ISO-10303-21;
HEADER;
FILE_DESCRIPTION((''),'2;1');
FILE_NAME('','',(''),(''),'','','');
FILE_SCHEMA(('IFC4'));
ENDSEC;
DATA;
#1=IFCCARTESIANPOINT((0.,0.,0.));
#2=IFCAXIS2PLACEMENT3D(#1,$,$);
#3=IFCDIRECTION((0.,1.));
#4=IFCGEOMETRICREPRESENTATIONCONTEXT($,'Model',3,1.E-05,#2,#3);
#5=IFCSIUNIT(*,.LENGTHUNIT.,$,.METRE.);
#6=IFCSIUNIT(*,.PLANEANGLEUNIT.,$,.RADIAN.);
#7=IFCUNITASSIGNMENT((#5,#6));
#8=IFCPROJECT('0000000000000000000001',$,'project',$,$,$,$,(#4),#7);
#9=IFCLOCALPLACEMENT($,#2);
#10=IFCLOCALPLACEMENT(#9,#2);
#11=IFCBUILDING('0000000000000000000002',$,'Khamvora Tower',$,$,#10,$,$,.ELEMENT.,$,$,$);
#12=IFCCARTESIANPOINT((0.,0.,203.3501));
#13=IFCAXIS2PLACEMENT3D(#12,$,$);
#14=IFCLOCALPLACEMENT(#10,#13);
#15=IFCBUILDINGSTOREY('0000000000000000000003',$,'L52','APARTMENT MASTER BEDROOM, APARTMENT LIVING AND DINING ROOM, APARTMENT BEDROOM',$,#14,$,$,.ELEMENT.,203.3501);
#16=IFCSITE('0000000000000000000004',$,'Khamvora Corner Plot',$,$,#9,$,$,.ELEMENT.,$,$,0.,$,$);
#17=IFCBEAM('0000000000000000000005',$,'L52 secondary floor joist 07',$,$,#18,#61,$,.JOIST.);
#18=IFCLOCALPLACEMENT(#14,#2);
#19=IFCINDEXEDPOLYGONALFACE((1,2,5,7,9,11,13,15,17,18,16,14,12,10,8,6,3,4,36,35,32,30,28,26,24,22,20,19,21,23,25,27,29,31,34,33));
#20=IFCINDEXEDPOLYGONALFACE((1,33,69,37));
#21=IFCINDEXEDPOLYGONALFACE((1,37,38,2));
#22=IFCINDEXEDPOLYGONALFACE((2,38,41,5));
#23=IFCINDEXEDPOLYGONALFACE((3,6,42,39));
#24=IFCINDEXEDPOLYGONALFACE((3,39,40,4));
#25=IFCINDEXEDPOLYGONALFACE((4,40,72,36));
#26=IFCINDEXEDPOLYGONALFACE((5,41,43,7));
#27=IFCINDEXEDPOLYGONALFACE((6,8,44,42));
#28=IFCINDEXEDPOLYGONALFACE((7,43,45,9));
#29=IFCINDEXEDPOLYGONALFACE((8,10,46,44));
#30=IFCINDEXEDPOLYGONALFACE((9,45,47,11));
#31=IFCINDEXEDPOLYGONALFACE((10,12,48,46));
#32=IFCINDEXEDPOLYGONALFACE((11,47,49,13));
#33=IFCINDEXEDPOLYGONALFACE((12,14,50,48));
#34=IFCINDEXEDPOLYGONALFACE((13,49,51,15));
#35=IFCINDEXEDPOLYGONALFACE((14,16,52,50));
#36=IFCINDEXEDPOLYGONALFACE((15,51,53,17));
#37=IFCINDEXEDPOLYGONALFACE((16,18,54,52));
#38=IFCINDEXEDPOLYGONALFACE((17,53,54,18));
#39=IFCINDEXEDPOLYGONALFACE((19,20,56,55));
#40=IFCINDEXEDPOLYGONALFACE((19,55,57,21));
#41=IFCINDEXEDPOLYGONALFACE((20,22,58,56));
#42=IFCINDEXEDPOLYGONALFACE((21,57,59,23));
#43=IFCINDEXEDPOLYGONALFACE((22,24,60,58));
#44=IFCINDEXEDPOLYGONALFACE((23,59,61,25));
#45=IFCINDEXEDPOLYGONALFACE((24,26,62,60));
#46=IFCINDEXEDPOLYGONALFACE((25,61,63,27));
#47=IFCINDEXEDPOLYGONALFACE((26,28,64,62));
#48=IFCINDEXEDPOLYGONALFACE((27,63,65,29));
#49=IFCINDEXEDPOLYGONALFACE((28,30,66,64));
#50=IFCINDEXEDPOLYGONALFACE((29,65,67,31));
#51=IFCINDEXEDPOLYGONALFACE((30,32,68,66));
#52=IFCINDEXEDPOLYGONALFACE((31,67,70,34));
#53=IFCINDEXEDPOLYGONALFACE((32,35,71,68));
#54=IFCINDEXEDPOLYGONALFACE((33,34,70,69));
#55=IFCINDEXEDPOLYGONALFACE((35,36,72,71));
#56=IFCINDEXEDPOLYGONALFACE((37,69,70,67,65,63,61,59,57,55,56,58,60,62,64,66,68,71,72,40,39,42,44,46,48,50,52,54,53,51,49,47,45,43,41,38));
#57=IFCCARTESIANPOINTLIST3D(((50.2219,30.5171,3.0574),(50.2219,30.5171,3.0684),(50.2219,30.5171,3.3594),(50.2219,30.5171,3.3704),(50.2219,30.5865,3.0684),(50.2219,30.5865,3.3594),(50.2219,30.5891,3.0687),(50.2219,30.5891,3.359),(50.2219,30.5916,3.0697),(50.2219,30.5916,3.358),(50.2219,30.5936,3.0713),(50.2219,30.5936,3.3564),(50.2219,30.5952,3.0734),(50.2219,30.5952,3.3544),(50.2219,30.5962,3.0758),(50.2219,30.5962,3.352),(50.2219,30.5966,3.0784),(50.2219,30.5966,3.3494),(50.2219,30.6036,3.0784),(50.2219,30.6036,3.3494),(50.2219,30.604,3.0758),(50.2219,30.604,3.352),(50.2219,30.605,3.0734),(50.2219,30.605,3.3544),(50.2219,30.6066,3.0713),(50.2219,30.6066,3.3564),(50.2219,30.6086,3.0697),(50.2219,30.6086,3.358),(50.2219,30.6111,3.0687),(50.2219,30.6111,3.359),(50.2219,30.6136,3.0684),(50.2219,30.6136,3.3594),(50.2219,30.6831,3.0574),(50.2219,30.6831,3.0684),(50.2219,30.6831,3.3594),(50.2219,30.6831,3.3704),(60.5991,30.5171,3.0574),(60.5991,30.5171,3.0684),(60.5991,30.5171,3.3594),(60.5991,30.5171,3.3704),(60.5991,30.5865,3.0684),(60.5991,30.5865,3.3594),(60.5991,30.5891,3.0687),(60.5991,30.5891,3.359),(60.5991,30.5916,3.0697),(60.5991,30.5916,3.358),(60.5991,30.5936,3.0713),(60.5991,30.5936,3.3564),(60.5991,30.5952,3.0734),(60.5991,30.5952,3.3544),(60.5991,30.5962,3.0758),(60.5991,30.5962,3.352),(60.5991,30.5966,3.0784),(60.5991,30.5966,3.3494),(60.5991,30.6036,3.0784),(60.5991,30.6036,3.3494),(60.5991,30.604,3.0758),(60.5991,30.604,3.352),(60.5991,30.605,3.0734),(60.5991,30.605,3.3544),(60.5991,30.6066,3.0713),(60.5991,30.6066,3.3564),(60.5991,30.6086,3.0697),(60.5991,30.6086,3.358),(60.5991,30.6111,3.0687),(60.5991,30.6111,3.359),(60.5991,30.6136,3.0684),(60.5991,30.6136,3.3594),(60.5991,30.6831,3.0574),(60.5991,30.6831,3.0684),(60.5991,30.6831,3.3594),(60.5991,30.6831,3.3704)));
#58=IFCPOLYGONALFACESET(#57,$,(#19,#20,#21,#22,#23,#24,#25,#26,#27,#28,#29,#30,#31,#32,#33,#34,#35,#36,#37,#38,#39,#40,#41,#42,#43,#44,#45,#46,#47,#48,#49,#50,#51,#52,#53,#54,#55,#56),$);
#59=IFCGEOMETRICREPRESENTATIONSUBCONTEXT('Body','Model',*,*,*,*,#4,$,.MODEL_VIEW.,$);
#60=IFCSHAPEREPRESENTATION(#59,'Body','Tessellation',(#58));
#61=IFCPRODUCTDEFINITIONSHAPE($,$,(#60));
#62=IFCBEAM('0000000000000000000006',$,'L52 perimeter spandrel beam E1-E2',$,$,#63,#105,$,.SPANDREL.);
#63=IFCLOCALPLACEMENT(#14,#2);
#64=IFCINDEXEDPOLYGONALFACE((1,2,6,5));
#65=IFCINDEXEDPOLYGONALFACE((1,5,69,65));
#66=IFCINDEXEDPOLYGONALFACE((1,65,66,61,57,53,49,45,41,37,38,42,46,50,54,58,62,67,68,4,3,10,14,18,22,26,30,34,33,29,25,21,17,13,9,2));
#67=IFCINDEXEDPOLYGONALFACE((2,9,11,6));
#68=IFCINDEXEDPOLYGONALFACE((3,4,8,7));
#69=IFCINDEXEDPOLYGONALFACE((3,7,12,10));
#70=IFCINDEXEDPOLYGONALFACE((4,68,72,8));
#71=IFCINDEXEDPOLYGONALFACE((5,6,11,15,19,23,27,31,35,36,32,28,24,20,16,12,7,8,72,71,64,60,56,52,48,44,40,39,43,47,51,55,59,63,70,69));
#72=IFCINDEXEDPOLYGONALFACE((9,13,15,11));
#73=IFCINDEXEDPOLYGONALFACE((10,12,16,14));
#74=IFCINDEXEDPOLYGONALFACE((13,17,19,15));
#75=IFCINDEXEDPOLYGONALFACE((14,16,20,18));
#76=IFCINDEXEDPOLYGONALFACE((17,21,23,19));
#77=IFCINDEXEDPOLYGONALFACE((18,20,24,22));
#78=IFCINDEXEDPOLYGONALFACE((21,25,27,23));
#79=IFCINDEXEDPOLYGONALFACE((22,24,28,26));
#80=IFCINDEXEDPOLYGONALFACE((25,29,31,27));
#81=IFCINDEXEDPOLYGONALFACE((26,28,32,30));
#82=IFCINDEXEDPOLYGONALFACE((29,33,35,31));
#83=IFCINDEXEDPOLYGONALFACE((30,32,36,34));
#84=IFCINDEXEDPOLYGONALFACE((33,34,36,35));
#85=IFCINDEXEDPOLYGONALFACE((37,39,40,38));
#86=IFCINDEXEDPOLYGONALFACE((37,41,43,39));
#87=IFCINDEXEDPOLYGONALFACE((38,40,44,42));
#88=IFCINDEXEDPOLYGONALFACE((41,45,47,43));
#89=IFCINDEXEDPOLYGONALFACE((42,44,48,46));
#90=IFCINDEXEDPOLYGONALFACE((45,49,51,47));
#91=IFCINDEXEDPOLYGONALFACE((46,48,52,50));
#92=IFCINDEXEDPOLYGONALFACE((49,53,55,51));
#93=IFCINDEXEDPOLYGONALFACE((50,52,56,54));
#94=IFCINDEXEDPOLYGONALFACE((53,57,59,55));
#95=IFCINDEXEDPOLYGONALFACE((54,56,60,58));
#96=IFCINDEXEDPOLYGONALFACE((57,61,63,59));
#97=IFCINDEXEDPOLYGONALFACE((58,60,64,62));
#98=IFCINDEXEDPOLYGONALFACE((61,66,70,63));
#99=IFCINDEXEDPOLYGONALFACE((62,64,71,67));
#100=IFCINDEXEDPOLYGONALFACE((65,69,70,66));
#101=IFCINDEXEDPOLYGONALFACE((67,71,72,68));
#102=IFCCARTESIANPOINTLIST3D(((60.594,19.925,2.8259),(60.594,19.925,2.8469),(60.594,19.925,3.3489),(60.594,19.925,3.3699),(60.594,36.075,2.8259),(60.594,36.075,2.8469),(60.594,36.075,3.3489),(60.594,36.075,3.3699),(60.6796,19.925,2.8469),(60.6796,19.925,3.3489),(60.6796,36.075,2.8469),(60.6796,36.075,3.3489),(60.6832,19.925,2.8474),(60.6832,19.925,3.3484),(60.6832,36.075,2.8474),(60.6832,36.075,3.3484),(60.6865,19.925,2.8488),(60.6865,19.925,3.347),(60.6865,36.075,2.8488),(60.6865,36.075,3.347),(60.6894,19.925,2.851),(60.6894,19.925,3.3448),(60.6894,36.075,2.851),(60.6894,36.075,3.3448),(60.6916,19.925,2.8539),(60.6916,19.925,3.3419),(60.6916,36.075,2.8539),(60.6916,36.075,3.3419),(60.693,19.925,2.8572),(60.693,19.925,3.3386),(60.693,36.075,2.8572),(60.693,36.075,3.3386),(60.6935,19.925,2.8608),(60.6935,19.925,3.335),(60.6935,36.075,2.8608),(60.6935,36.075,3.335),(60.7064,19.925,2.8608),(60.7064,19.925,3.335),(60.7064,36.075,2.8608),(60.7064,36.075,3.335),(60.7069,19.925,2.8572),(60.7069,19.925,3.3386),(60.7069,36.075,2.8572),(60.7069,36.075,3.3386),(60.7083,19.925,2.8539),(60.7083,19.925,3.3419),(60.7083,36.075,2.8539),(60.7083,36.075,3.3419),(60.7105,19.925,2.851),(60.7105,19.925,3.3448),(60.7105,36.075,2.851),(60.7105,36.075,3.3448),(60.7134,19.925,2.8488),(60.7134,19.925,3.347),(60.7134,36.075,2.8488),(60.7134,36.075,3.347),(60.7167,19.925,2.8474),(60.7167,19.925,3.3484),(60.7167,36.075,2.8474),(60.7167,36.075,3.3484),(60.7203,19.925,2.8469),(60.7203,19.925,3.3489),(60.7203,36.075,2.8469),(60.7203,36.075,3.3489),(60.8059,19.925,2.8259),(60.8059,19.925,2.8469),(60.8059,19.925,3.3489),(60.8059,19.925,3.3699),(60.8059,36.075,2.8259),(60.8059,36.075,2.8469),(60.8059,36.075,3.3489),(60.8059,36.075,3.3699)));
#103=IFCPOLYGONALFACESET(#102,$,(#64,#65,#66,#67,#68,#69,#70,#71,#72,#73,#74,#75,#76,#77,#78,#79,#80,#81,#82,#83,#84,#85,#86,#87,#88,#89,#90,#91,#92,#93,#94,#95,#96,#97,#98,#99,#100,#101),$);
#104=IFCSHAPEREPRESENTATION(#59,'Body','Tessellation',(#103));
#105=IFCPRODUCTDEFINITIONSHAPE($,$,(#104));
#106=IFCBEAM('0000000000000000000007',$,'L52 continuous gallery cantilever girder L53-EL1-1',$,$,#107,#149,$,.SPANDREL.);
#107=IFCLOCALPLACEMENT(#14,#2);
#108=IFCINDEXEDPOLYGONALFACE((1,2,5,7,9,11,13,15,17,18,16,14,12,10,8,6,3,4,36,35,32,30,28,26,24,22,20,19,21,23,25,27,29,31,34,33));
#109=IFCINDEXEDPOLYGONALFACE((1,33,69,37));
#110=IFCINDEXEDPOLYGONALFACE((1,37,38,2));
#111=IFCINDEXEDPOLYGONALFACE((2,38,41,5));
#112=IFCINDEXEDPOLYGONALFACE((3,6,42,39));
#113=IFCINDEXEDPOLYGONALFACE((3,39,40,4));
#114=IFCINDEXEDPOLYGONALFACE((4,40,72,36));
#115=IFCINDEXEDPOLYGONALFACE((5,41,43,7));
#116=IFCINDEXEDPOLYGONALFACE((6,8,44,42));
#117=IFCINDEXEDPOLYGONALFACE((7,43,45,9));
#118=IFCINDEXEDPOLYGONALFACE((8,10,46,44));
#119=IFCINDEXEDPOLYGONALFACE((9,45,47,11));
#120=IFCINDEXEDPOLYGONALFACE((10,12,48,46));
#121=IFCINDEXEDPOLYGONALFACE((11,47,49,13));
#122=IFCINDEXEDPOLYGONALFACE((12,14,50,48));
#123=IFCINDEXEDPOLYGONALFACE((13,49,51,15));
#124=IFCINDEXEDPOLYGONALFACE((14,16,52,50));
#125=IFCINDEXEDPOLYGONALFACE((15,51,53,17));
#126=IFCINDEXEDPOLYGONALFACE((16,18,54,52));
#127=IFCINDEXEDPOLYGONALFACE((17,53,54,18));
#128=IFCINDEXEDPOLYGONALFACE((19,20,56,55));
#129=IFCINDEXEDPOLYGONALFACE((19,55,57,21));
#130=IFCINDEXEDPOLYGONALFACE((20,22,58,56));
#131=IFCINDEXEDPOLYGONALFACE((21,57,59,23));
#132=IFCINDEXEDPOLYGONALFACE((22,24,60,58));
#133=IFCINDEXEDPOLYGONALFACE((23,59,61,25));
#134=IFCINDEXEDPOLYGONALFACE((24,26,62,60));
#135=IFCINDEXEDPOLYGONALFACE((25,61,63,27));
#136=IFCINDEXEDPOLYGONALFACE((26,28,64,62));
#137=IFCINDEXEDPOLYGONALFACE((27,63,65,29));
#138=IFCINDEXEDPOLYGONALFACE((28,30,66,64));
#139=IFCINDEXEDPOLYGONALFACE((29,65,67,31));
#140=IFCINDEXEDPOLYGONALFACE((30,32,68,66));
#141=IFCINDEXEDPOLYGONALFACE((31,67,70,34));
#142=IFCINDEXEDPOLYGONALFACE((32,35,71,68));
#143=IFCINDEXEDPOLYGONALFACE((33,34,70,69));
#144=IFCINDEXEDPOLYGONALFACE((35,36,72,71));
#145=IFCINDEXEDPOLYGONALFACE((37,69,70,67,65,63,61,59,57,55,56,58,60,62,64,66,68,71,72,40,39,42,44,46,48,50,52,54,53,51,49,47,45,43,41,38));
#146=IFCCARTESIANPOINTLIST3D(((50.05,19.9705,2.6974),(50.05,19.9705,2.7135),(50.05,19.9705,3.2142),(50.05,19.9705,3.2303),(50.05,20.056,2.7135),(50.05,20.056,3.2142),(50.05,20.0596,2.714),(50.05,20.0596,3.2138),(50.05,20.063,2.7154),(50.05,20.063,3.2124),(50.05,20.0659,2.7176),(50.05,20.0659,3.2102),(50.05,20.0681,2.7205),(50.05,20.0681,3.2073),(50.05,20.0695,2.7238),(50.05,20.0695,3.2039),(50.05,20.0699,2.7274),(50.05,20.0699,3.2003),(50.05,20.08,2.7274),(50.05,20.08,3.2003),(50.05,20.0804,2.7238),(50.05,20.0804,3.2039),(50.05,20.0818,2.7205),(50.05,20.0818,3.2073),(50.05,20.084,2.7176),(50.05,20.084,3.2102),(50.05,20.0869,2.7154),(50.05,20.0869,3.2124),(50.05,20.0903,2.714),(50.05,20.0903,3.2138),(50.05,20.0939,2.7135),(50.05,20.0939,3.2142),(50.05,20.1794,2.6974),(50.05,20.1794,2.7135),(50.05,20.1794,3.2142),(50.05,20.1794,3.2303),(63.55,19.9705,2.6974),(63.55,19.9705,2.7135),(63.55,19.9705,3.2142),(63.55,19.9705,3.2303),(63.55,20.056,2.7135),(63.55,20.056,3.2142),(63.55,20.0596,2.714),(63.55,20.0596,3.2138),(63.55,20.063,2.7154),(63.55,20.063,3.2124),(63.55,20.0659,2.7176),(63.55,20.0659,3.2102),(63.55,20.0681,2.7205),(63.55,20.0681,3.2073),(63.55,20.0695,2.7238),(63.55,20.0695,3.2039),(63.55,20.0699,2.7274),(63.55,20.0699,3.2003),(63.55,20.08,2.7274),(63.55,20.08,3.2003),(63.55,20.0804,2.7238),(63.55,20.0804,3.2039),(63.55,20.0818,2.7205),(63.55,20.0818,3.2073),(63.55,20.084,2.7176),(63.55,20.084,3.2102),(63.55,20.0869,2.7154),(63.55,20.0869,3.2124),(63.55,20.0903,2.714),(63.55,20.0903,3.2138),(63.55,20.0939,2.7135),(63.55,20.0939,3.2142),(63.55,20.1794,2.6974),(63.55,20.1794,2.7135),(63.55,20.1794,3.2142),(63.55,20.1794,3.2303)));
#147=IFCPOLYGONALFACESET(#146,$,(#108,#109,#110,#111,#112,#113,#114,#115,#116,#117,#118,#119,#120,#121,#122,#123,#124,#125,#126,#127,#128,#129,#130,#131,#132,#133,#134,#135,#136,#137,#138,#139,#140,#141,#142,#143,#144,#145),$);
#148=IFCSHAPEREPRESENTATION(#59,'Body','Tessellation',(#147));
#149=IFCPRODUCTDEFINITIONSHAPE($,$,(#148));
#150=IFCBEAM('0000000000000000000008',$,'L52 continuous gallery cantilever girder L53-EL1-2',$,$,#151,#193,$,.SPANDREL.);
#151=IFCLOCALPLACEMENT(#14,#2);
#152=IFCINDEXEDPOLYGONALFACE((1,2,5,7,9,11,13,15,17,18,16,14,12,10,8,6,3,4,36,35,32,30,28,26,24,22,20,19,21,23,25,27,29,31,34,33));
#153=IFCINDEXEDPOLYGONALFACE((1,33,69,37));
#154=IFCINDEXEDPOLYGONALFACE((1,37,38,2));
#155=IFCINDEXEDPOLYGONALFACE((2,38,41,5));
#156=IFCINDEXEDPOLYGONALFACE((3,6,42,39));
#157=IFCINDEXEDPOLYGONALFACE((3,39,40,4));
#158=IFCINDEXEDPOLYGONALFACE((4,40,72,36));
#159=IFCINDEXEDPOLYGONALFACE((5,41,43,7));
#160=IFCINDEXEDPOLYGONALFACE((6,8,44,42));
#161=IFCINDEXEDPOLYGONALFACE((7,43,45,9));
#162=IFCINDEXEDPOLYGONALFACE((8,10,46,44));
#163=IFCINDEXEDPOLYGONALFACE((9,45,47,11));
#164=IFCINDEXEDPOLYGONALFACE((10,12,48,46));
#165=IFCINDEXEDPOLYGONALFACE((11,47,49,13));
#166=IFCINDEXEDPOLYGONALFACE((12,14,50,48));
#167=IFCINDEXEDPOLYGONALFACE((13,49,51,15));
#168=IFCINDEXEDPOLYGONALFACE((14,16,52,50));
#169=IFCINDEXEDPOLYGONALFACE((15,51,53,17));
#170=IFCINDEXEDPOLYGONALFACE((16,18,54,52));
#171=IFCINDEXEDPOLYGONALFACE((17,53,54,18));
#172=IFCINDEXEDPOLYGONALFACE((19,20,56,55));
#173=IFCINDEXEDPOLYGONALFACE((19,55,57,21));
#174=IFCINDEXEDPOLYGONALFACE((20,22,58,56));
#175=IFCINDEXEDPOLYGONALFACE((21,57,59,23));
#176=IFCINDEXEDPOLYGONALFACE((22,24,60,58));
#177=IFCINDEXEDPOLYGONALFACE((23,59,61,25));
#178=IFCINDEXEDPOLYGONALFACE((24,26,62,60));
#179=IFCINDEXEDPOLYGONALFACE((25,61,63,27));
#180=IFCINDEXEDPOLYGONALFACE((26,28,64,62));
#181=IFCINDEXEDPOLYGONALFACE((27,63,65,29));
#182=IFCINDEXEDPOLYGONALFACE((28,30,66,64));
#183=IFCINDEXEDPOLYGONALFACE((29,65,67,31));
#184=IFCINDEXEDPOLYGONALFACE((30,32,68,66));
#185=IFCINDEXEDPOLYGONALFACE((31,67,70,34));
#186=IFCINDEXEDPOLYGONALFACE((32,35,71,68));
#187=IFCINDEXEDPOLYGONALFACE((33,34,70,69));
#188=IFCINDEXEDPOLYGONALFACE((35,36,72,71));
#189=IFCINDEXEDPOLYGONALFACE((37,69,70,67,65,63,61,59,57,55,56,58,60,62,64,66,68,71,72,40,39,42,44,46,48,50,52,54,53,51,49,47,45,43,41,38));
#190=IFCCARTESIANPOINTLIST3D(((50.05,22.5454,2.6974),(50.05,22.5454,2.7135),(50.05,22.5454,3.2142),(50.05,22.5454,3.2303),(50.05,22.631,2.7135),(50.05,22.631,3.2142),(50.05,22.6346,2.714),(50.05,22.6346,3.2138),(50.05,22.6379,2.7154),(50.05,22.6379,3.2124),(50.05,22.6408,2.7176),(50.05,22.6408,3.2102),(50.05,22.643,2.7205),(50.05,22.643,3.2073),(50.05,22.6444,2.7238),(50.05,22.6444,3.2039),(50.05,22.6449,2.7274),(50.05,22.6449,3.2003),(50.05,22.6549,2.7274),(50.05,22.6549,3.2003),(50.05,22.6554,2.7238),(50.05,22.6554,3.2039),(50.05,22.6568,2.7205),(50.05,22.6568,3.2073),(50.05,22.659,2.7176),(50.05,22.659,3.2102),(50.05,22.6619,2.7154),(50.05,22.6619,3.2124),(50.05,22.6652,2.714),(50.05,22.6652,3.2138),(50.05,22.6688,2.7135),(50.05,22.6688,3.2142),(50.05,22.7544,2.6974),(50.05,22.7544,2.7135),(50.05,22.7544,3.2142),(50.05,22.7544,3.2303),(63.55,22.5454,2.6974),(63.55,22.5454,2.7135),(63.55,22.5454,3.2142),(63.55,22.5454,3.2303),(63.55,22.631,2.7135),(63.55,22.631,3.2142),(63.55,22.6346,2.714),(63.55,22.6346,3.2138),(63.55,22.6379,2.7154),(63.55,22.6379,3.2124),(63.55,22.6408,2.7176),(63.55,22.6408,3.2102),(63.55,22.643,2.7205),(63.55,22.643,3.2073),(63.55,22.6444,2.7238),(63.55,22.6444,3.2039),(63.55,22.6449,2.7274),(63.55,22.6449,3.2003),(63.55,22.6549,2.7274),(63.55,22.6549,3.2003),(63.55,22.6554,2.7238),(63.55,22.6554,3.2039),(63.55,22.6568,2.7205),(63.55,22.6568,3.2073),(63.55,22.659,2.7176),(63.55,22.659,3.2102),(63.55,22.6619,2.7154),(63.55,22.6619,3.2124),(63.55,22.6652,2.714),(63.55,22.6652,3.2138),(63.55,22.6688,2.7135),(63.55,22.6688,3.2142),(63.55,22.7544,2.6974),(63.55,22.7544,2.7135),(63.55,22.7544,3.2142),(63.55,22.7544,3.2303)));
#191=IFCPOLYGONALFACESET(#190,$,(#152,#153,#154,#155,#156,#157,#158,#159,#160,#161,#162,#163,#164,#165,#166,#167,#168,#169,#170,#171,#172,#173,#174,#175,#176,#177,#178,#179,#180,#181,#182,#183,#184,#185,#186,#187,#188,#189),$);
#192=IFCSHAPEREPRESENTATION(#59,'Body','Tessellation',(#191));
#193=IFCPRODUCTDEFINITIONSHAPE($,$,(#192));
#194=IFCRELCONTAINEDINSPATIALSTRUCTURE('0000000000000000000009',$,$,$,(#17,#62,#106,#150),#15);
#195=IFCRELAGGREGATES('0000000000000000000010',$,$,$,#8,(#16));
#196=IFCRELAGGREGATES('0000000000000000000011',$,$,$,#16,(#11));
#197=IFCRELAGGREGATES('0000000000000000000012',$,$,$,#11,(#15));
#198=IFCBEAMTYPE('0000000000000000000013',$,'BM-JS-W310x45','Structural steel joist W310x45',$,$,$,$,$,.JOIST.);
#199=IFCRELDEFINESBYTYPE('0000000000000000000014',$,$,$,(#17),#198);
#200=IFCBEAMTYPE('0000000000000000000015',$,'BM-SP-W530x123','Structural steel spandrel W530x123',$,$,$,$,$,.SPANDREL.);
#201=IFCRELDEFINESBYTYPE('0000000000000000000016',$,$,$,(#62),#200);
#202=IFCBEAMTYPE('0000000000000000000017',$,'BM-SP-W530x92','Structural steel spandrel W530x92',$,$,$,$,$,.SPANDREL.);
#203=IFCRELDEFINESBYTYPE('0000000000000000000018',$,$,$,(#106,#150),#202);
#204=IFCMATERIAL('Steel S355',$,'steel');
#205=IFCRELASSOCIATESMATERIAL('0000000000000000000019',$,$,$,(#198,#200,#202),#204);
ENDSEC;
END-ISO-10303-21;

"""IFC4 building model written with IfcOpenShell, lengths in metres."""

from ifc_helpers import new_model, si_unit, direction, frame, origin, origin_2d, place, context, subcontext, project, spatial, i_section, extrude, material, material_profile, profile_set, type_object, element, save


model = new_model("IFC4")

# Units and contexts
model_context = context("Model", 3, precision=1e-05, world=origin(), true_north=direction((0.0, 1.0)))
body_context = subcontext(model_context, "Body", "Model", "MODEL_VIEW")
ifc_project = project(units=[si_unit("LENGTHUNIT", "METRE"), si_unit("PLANEANGLEUNIT", "RADIAN")], contexts=[model_context])

# Site, building, storey
site_placement = place(None, origin())
site = spatial("IfcSite", under=ifc_project, at=site_placement, Name="Khamvora Corner Plot", CompositionType="ELEMENT", RefElevation=0.0)
building_placement = place(site_placement, origin())
building = spatial("IfcBuilding", under=site, at=building_placement, Name="Khamvora Tower", CompositionType="ELEMENT")
storey_placement = place(building_placement, frame((0.0, 0.0, 203.3501)))
storey = spatial("IfcBuildingStorey", under=building, at=storey_placement, Name="L52", Description="APARTMENT MASTER BEDROOM, APARTMENT LIVING AND DINING ROOM, APARTMENT BEDROOM", CompositionType="ELEMENT", Elevation=203.3501)

# Beams
ifc_material_1 = material(Name="Steel S355", Category="steel")
ifc_material_profile_1 = material_profile(ifc_material_1, i_section(OverallWidth=0.166, OverallDepth=0.313, WebThickness=0.0071, FlangeThickness=0.011, FilletRadius=0.01, at=origin_2d()), Name="W310x45")
ifc_profile_set_1 = profile_set([ifc_material_profile_1], Name="Steel S355")
beam_type_1 = type_object("IfcBeamType", Name="BM-JS-W310x45", Description="Structural steel joist W310x45", PredefinedType="JOIST", material=ifc_profile_set_1)
beam_1_placement = place(storey_placement, frame((50.2219, 30.6001, 3.2139), z_axis=(1.0, 0.0, 0.0), x_axis=(0.0, 1.0, 0.0)))
element("IfcBeam", 1, at=beam_1_placement, inside=storey, type_object=beam_type_1, Name="L52 secondary floor joist 07", PredefinedType="JOIST", context=body_context, shape_type="SweptSolid", body=[
    extrude(i_section(OverallWidth=0.166, OverallDepth=0.313, WebThickness=0.0071, FlangeThickness=0.011, FilletRadius=0.01, at=origin_2d()), origin(), (0.0, 0.0, 1.0), 10.3772),
])
ifc_material_profile_2 = material_profile(ifc_material_1, i_section(OverallWidth=0.2119, OverallDepth=0.5439, WebThickness=0.0129, FlangeThickness=0.021, FilletRadius=0.0139, at=origin_2d()), Name="W530x123")
ifc_profile_set_2 = profile_set([ifc_material_profile_2], Name="Steel S355")
beam_type_2 = type_object("IfcBeamType", Name="BM-SP-W530x123", Description="Structural steel spandrel W530x123", PredefinedType="SPANDREL", material=ifc_profile_set_2)
beam_2_placement = place(storey_placement, frame((60.7, 19.925, 3.0979), z_axis=(0.0, 1.0, 0.0), x_axis=(-1.0, 0.0, 0.0)))
element("IfcBeam", 2, at=beam_2_placement, inside=storey, type_object=beam_type_2, Name="L52 perimeter spandrel beam E1-E2", PredefinedType="SPANDREL", context=body_context, shape_type="SweptSolid", body=[
    extrude(i_section(OverallWidth=0.2119, OverallDepth=0.5439, WebThickness=0.0129, FlangeThickness=0.021, FilletRadius=0.0139, at=origin_2d()), origin(), (0.0, 0.0, 1.0), 16.1499),
])
ifc_material_profile_3 = material_profile(ifc_material_1, i_section(OverallWidth=0.209, OverallDepth=0.533, WebThickness=0.01, FlangeThickness=0.0161, FilletRadius=0.0139, at=origin_2d()), Name="W530x92")
ifc_profile_set_3 = profile_set([ifc_material_profile_3], Name="Steel S355")
beam_type_3 = type_object("IfcBeamType", Name="BM-SP-W530x92", Description="Structural steel spandrel W530x92", PredefinedType="SPANDREL", material=ifc_profile_set_3)
for number, where, z_axis, x_axis, name in (
    (3, (50.05, 20.075, 2.9639), (1.0, 0.0, 0.0), (0.0, 1.0, 0.0), "L52 continuous gallery cantilever girder L53-EL1-1"),
    (4, (50.05, 22.6499, 2.9639), (1.0, 0.0, 0.0), (0.0, 1.0, 0.0), "L52 continuous gallery cantilever girder L53-EL1-2"),
):
    element("IfcBeam", number, at=place(storey_placement, frame(where, z_axis=z_axis, x_axis=x_axis)), inside=storey, type_object=beam_type_3, Name=name, PredefinedType="SPANDREL", context=body_context, shape_type="SweptSolid", body=[
        extrude(i_section(OverallWidth=0.209, OverallDepth=0.533, WebThickness=0.01, FlangeThickness=0.0161, FilletRadius=0.0139, at=origin_2d()), origin(), (0.0, 0.0, 1.0), 13.5),
    ])

save(model, "model.ifc")
